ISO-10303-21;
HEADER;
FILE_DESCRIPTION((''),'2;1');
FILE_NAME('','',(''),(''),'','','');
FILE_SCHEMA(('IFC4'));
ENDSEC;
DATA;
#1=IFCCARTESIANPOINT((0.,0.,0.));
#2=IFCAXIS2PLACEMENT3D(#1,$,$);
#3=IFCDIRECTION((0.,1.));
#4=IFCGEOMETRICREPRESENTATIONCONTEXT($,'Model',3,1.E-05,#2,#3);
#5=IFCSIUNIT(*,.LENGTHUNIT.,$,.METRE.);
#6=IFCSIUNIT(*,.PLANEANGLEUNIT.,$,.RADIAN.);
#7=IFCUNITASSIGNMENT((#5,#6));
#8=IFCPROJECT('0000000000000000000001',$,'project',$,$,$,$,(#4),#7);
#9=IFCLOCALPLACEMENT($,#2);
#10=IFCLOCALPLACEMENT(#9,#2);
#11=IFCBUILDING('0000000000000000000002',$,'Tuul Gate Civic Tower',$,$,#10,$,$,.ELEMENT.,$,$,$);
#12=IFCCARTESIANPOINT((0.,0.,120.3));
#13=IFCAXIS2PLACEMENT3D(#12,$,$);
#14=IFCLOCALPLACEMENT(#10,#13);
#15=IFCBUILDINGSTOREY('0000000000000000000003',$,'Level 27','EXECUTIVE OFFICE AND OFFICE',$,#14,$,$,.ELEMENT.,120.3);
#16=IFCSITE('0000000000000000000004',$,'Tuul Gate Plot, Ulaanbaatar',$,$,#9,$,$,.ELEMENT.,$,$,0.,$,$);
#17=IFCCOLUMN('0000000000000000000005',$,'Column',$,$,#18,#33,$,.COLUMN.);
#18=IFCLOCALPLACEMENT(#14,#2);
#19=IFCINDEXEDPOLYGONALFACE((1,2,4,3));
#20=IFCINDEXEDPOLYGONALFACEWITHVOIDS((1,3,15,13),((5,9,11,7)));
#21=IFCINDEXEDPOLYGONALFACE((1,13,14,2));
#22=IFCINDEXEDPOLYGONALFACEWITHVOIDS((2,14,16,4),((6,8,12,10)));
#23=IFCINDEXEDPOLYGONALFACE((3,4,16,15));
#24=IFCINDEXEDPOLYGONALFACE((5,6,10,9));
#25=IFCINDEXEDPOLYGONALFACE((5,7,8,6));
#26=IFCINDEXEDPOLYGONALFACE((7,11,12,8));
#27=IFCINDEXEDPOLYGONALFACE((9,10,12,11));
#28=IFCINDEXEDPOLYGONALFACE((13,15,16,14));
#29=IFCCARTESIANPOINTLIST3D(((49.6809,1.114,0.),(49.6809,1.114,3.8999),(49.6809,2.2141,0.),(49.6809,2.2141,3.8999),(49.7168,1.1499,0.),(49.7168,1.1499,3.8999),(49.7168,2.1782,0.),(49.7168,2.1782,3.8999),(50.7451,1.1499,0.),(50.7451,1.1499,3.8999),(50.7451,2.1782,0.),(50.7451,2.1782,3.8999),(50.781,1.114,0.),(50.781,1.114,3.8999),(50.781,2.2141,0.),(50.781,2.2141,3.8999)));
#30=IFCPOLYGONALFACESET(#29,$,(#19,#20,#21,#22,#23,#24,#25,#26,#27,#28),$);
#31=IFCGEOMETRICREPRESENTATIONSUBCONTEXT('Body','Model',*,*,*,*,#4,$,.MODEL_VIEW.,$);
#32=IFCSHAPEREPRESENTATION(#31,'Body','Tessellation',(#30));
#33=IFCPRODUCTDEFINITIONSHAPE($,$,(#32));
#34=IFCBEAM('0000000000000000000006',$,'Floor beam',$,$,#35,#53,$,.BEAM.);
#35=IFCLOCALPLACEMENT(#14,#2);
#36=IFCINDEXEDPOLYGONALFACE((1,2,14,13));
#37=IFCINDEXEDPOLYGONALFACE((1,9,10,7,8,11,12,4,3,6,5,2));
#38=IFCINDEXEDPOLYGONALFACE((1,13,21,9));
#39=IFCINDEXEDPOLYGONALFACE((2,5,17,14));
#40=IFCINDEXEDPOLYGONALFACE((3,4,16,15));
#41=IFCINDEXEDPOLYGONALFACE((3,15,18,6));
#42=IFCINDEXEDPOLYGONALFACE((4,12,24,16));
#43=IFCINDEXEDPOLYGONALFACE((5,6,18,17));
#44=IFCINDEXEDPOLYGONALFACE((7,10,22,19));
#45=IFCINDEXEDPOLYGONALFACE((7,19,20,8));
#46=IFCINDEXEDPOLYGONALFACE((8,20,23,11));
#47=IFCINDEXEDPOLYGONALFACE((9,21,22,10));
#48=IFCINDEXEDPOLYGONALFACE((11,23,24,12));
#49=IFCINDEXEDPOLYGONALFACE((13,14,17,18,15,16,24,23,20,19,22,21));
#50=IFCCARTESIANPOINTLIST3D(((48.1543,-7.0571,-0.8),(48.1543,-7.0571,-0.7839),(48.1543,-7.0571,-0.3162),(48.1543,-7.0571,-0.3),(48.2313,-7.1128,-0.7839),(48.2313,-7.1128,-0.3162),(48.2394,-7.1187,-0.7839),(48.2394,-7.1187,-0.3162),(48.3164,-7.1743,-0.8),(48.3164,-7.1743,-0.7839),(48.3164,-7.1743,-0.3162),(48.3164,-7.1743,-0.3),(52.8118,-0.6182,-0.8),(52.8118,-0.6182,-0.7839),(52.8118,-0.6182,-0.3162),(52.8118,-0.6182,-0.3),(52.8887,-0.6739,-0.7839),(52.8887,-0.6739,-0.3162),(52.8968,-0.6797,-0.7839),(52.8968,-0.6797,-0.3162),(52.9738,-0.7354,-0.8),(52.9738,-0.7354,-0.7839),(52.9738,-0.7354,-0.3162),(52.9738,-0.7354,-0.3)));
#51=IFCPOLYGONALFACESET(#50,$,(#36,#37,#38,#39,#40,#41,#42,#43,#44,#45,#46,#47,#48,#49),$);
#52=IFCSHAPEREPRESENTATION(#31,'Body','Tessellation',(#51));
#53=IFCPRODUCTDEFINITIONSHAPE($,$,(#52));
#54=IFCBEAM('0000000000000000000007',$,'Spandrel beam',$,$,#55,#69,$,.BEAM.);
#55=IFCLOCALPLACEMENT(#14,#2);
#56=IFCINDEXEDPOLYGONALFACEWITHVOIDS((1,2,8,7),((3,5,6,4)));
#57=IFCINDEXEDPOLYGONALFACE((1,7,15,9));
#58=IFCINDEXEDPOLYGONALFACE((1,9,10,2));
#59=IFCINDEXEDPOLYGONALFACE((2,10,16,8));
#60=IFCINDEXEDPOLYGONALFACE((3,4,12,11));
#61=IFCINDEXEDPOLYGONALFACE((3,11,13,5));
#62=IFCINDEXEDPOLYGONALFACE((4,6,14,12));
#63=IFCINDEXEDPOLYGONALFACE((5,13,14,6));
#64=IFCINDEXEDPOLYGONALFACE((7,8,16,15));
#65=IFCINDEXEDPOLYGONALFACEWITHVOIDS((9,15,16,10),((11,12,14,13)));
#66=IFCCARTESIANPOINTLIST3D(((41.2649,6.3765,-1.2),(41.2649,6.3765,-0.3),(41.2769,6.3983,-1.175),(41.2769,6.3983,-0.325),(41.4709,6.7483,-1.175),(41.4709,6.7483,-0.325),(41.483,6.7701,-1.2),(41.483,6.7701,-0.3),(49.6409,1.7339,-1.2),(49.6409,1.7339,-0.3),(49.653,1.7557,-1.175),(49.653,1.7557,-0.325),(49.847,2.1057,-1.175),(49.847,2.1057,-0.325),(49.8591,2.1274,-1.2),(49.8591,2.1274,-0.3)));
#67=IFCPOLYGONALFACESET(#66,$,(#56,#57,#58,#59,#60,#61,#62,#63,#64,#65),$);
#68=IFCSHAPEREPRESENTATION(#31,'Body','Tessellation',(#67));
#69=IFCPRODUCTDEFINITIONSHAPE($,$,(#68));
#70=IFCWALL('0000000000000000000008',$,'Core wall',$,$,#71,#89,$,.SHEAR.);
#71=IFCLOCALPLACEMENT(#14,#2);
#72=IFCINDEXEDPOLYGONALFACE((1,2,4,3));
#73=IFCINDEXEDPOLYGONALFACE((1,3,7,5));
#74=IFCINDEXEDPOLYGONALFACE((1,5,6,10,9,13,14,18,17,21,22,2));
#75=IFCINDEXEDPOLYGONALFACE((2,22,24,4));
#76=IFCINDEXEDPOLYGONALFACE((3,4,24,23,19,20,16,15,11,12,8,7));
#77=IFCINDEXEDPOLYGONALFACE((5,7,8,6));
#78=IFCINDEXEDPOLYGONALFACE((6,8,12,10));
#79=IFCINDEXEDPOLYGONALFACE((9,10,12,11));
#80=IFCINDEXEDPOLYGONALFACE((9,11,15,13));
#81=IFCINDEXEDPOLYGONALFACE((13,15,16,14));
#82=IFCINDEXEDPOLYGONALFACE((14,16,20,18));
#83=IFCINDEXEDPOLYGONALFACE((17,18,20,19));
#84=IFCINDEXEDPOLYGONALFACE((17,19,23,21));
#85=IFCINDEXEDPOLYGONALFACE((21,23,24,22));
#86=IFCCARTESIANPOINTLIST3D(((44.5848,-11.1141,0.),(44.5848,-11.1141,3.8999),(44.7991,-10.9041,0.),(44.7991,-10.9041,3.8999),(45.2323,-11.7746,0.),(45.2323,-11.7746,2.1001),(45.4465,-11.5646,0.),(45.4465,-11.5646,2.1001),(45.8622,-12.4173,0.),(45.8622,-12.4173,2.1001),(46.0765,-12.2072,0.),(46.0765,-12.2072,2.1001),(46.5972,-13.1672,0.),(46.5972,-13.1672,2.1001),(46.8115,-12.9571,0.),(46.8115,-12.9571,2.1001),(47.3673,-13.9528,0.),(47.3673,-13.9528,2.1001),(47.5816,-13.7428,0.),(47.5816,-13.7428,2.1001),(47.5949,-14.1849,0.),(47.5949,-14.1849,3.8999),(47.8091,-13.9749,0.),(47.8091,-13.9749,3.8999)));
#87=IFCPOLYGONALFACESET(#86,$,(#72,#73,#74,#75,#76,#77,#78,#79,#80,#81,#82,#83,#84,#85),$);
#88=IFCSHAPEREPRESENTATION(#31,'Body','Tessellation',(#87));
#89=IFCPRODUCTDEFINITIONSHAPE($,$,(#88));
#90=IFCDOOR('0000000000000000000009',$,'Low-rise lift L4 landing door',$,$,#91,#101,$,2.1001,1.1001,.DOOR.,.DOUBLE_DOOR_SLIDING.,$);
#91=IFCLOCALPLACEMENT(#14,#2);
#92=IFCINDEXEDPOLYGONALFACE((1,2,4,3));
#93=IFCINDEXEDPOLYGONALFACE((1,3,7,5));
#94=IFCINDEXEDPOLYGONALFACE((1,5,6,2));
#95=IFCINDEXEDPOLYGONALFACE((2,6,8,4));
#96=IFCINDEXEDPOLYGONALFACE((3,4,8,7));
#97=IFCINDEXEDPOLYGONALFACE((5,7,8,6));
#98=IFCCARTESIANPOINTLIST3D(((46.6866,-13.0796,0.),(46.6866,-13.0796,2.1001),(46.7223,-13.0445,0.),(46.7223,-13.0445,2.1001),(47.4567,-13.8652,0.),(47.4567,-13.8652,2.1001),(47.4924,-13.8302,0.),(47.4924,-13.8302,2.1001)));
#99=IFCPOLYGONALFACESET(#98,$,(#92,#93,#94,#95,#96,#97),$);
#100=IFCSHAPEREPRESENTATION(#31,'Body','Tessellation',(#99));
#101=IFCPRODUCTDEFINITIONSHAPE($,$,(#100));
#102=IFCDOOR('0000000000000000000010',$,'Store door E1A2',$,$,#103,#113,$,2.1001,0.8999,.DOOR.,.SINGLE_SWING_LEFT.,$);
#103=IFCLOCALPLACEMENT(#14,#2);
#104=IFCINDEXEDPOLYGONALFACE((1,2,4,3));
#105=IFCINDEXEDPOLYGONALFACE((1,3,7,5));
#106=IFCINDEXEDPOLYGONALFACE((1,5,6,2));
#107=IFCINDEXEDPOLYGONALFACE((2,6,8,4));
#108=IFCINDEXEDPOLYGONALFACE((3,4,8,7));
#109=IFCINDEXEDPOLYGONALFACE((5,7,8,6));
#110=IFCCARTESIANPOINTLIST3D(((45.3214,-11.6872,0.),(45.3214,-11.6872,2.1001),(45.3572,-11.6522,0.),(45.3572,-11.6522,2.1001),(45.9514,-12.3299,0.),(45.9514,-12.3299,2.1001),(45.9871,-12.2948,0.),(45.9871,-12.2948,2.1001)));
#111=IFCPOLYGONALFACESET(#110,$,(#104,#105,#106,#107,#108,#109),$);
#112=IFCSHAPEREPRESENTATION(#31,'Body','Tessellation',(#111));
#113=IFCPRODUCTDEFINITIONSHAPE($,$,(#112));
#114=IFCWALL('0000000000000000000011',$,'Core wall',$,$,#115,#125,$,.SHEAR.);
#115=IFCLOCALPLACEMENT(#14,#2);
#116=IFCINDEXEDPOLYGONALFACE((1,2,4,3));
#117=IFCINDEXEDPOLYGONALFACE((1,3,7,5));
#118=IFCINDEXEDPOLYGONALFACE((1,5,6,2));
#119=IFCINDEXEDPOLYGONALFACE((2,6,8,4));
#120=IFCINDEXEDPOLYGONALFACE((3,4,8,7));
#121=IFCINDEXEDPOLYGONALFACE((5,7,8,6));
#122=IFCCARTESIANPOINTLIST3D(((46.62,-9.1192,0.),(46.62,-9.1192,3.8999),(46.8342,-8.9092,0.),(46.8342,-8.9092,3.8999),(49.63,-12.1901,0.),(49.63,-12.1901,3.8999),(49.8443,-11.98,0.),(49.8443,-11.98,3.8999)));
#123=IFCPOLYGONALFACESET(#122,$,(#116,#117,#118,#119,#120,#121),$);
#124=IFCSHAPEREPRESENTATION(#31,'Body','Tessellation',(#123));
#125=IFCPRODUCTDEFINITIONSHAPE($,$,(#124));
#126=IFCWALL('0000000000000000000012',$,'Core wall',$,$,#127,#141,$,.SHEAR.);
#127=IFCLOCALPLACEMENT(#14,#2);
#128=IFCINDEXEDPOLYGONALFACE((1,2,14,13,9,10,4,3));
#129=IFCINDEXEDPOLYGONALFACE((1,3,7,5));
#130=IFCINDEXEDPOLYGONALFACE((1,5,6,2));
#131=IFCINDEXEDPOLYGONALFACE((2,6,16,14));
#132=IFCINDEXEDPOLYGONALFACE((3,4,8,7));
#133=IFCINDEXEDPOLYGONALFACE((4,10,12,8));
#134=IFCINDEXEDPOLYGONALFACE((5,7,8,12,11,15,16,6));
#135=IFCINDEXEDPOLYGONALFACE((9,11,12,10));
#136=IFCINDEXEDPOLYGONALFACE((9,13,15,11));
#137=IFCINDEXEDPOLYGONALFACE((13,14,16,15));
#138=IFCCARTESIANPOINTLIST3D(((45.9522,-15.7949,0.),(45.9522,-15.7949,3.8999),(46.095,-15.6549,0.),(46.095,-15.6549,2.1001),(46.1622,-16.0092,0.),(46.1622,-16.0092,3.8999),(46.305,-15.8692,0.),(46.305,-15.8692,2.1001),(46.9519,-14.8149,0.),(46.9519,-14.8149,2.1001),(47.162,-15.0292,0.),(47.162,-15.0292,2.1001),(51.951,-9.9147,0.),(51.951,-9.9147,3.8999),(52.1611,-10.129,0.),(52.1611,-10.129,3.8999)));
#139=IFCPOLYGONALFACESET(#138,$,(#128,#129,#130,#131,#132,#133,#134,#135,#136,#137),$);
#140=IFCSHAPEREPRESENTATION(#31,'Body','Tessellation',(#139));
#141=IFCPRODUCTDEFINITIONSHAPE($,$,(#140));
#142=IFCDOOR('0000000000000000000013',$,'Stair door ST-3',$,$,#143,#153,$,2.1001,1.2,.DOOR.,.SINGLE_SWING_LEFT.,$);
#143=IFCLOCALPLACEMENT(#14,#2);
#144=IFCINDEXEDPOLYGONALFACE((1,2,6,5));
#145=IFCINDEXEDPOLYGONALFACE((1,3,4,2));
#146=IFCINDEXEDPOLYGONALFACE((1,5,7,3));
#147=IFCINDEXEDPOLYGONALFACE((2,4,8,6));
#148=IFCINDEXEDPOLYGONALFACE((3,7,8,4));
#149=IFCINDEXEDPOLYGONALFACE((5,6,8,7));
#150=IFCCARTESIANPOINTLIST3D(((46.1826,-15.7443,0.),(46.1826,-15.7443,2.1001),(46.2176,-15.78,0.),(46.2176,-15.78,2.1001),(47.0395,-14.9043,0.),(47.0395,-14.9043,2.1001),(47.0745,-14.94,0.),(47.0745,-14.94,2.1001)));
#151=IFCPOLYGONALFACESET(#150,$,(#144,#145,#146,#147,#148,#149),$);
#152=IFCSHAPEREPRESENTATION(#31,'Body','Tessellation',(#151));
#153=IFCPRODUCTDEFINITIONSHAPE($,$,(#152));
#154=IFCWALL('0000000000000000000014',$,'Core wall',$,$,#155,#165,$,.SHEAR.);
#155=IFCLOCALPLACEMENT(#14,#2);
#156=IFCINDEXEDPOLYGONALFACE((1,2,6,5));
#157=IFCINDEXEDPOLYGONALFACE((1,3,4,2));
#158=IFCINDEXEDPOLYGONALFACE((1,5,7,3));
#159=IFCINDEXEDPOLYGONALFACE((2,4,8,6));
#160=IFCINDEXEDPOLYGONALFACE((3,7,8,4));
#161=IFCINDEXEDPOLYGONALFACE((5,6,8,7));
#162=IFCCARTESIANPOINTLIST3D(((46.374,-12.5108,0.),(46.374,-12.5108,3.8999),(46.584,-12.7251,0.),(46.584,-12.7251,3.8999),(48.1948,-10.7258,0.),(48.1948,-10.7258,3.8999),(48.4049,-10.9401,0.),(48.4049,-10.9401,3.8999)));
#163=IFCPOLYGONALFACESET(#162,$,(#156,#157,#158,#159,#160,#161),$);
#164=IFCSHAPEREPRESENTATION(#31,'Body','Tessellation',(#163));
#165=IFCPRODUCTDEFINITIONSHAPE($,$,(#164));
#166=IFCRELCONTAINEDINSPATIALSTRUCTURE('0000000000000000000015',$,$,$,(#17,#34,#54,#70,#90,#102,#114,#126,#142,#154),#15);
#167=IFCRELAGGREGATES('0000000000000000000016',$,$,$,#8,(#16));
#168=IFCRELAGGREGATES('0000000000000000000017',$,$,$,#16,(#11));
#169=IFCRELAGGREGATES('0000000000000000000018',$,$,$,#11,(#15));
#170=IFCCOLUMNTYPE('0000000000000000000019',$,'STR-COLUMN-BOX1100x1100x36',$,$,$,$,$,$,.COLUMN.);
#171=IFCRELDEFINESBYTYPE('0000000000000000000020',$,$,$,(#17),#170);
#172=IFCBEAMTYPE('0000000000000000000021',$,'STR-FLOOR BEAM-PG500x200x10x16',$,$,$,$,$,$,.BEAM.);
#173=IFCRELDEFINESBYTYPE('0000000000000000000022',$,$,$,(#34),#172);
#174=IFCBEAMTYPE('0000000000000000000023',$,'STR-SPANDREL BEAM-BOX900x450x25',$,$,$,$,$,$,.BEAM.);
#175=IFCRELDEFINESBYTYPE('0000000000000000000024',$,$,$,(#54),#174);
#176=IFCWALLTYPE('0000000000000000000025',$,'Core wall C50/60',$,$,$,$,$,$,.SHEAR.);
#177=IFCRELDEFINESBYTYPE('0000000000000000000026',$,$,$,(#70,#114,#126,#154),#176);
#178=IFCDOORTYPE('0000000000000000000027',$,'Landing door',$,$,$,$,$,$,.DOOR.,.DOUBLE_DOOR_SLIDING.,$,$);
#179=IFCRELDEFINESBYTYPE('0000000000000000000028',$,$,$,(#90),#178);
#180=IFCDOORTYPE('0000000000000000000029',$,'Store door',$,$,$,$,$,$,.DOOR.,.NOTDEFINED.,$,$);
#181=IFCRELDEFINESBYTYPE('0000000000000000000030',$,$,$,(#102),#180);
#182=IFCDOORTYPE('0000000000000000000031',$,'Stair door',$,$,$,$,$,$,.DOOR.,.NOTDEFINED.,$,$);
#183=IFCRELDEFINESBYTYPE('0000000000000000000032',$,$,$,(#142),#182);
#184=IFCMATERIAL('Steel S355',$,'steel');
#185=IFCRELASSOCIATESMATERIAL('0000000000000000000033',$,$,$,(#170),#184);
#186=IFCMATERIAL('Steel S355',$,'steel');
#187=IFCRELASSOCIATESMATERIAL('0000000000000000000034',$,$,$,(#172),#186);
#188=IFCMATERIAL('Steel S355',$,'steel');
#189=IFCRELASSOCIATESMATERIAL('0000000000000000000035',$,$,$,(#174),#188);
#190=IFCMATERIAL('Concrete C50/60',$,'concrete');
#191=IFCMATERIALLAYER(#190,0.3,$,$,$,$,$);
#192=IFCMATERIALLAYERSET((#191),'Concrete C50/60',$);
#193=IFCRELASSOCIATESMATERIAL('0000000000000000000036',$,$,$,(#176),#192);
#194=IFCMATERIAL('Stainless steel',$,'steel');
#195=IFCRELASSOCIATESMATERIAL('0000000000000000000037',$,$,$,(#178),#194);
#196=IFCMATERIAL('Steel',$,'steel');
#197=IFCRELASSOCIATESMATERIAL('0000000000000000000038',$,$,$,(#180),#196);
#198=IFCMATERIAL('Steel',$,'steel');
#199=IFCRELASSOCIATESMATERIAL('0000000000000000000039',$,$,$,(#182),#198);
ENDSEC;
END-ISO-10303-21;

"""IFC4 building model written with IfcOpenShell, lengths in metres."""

from ifc_helpers import new_model, si_unit, direction, frame, frame_2d, origin, origin_2d, place, context, subcontext, project, spatial, rectangle, hollow_rectangle, i_section, extrude, material, layer, layer_set, material_profile, profile_set, type_object, element, fill, save


model = new_model("IFC4")

# Units and contexts
model_context = context("Model", 3, precision=1e-05, world=origin(), true_north=direction((0.0, 1.0)))
body_context = subcontext(model_context, "Body", "Model", "MODEL_VIEW")
ifc_project = project(units=[si_unit("LENGTHUNIT", "METRE"), si_unit("PLANEANGLEUNIT", "RADIAN")], contexts=[model_context])

# Site, building, storey
site_placement = place(None, origin())
site = spatial("IfcSite", under=ifc_project, at=site_placement, Name="Tuul Gate Plot, Ulaanbaatar", CompositionType="ELEMENT", RefElevation=0.0)
building_placement = place(site_placement, origin())
building = spatial("IfcBuilding", under=site, at=building_placement, Name="Tuul Gate Civic Tower", CompositionType="ELEMENT")
storey_placement = place(building_placement, frame((0.0, 0.0, 120.3)))
storey = spatial("IfcBuildingStorey", under=building, at=storey_placement, Name="Level 27", Description="EXECUTIVE OFFICE AND OFFICE", CompositionType="ELEMENT", Elevation=120.3)

# Column
ifc_material_1 = material(Name="Steel S355", Category="steel")
ifc_material_profile_1 = material_profile(ifc_material_1, hollow_rectangle(XDim=1.1001, YDim=1.1001, WallThickness=0.0359, at=origin_2d()), Name="BOX1100x1100x36")
ifc_profile_set_1 = profile_set([ifc_material_profile_1], Name="Steel S355")
column_type = type_object("IfcColumnType", Name="STR-COLUMN-BOX1100x1100x36", PredefinedType="COLUMN", material=ifc_profile_set_1)
column_placement = place(storey_placement, frame((50.231, 1.6641, 0.0), z_axis=(0.0, 0.0, 1.0), x_axis=(1.0, 0.0, 0.0)))
element("IfcColumn", 1, at=column_placement, inside=storey, type_object=column_type, Name="Column", PredefinedType="COLUMN", context=body_context, shape_type="SweptSolid", body=[
    extrude(hollow_rectangle(XDim=1.1001, YDim=1.1001, WallThickness=0.0359, at=origin_2d()), origin(), (0.0, 0.0, 1.0), 3.8999),
])

# Beams
ifc_material_2 = material(Name="Steel S355", Category="steel")
ifc_material_profile_2 = material_profile(ifc_material_2, i_section(OverallWidth=0.2, OverallDepth=0.5, WebThickness=0.01, FlangeThickness=0.0161, at=origin_2d()), Name="PG500x200x10x16")
ifc_profile_set_2 = profile_set([ifc_material_profile_2], Name="Steel S355")
beam_type_1 = type_object("IfcBeamType", Name="STR-FLOOR BEAM-PG500x200x10x16", PredefinedType="BEAM", material=ifc_profile_set_2)
beam_1_placement = place(storey_placement, frame((48.2354, -7.1157, -0.55), z_axis=(0.586078, 0.810255, 0.0), x_axis=(-0.810255, 0.586078, 0.0)))
element("IfcBeam", 2, at=beam_1_placement, inside=storey, type_object=beam_type_1, Name="Floor beam", PredefinedType="BEAM", context=body_context, shape_type="SweptSolid", body=[
    extrude(i_section(OverallWidth=0.2, OverallDepth=0.5, WebThickness=0.01, FlangeThickness=0.0161, at=origin_2d()), origin(), (0.0, 0.0, 1.0), 7.9468),
])
ifc_material_3 = material(Name="Steel S355", Category="steel")
ifc_material_profile_3 = material_profile(ifc_material_3, hollow_rectangle(XDim=0.45, YDim=0.8999, WallThickness=0.0249, at=origin_2d()), Name="BOX900x450x25")
ifc_profile_set_3 = profile_set([ifc_material_profile_3], Name="Steel S355")
beam_type_2 = type_object("IfcBeamType", Name="STR-SPANDREL BEAM-BOX900x450x25", PredefinedType="BEAM", material=ifc_profile_set_3)
beam_2_placement = place(storey_placement, frame((49.75, 1.9307, -0.75), z_axis=(-0.874633, 0.484786, 0.0), x_axis=(-0.484786, -0.874633, 0.0)))
element("IfcBeam", 3, at=beam_2_placement, inside=storey, type_object=beam_type_2, Name="Spandrel beam", PredefinedType="BEAM", context=body_context, shape_type="SweptSolid", body=[
    extrude(hollow_rectangle(XDim=0.45, YDim=0.8999, WallThickness=0.0249, at=origin_2d()), origin(), (0.0, 0.0, 1.0), 9.5767),
])

# Wall, openings, doors
ifc_material_4 = material(Name="Concrete C50/60", Category="concrete")
ifc_layer_1 = layer(ifc_material_4, 0.3)
ifc_layer_set_1 = layer_set([ifc_layer_1], Name="Concrete C50/60")
wall_type_1 = type_object("IfcWallType", Name="Core wall C50/60", PredefinedType="SHEAR", material=ifc_layer_set_1)
wall_1_placement = place(storey_placement, frame((47.7019, -14.0798, 0.0), z_axis=(0.0, 0.0, 1.0), x_axis=(-0.700003, 0.71414, 0.0)))
wall_1 = element("IfcWall", 4, at=wall_1_placement, inside=storey, type_object=wall_type_1, Name="Core wall", PredefinedType="SHEAR", context=body_context, shape_type="SweptSolid", body=[
    extrude(rectangle(XDim=4.3, YDim=0.3, at=frame_2d((2.1499, 0.0))), origin(), (0.0, 0.0, 1.0), 3.8999),
])
opening_1_placement = place(wall_1_placement, frame((0.325, 0.0, 0.0)))
opening_1 = element("IfcOpeningElement", 5, at=opening_1_placement, cuts=wall_1, PredefinedType="OPENING", context=body_context, shape_type="SweptSolid", body=[
    extrude(rectangle(XDim=1.1001, YDim=2.1001, at=frame_2d((0.55, 1.05))), frame((0.0, 0.1602, 0.0), z_axis=(0.0, -1.0, 0.0), x_axis=(1.0, 0.0, 0.0)), (0.0, 0.0, 1.0), 0.3201),
])
opening_2_placement = place(wall_1_placement, frame((2.4751, 0.0, 0.0)))
opening_2 = element("IfcOpeningElement", 6, at=opening_2_placement, cuts=wall_1, PredefinedType="OPENING", context=body_context, shape_type="SweptSolid", body=[
    extrude(rectangle(XDim=0.8999, YDim=2.1001, at=frame_2d((0.45, 1.05))), frame((0.0, 0.1602, 0.0), z_axis=(0.0, -1.0, 0.0), x_axis=(1.0, 0.0, 0.0)), (0.0, 0.0, 1.0), 0.3201),
])
ifc_material_5 = material(Name="Stainless steel", Category="steel")
door_type_1 = type_object("IfcDoorType", Name="Landing door", OperationType="DOUBLE_DOOR_SLIDING", PredefinedType="DOOR", material=ifc_material_5)
door_1_placement = place(opening_1_placement, origin())
door_1 = element("IfcDoor", 7, at=door_1_placement, inside=storey, type_object=door_type_1, Name="Low-rise lift L4 landing door", OperationType="DOUBLE_DOOR_SLIDING", OverallHeight=2.1001, OverallWidth=1.1001, PredefinedType="DOOR", context=body_context, shape_type="SweptSolid", body=[
    extrude(rectangle(XDim=1.1001, YDim=2.1001, at=frame_2d((0.55, 1.05))), frame((0.0, 0.0249, 0.0), z_axis=(0.0, -1.0, 0.0), x_axis=(1.0, 0.0, 0.0)), (0.0, 0.0, 1.0), 0.05),
])
fill(opening_1, door_1)
ifc_material_6 = material(Name="Steel", Category="steel")
door_type_2 = type_object("IfcDoorType", Name="Store door", OperationType="NOTDEFINED", PredefinedType="DOOR", material=ifc_material_6)
door_2_placement = place(opening_2_placement, frame((0.8999, 0.0, 0.0), z_axis=(0.0, 0.0, 1.0), x_axis=(-1.0, 0.0, 0.0)))
door_2 = element("IfcDoor", 8, at=door_2_placement, inside=storey, type_object=door_type_2, Name="Store door E1A2", OperationType="SINGLE_SWING_LEFT", OverallHeight=2.1001, OverallWidth=0.8999, PredefinedType="DOOR", context=body_context, shape_type="SweptSolid", body=[
    extrude(rectangle(XDim=0.8999, YDim=2.1001, at=frame_2d((0.45, 1.05))), frame((0.0, 0.0249, 0.0), z_axis=(0.0, -1.0, 0.0), x_axis=(1.0, 0.0, 0.0)), (0.0, 0.0, 1.0), 0.05),
])
fill(opening_2, door_2)

# Wall
wall_2_placement = place(storey_placement, frame((49.7371, -12.085, 0.0), z_axis=(0.0, 0.0, 1.0), x_axis=(-0.700003, 0.71414, 0.0)))
element("IfcWall", 9, at=wall_2_placement, inside=storey, type_object=wall_type_1, Name="Core wall", PredefinedType="SHEAR", context=body_context, shape_type="SweptSolid", body=[
    extrude(rectangle(XDim=4.3, YDim=0.3, at=frame_2d((2.1499, 0.0))), origin(), (0.0, 0.0, 1.0), 3.8999),
])

# Wall, opening, door
wall_3_placement = place(storey_placement, frame((46.0571, -15.9021, 0.0), z_axis=(0.0, 0.0, 1.0), x_axis=(0.714134, 0.700009, 0.0)))
wall_3 = element("IfcWall", 10, at=wall_3_placement, inside=storey, type_object=wall_type_1, Name="Core wall", PredefinedType="SHEAR", context=body_context, shape_type="SweptSolid", body=[
    extrude(rectangle(XDim=8.4001, YDim=0.3, at=frame_2d((4.2002, 0.0))), origin(), (0.0, 0.0, 1.0), 3.8999),
])
opening_3_placement = place(wall_3_placement, frame((0.2, 0.0, 0.0)))
opening_3 = element("IfcOpeningElement", 11, at=opening_3_placement, cuts=wall_3, PredefinedType="OPENING", context=body_context, shape_type="SweptSolid", body=[
    extrude(rectangle(XDim=1.2, YDim=2.1001, at=frame_2d((0.6001, 1.05))), frame((0.0, 0.1602, 0.0), z_axis=(0.0, -1.0, 0.0), x_axis=(1.0, 0.0, 0.0)), (0.0, 0.0, 1.0), 0.3201),
])
ifc_material_7 = material(Name="Steel", Category="steel")
door_type_3 = type_object("IfcDoorType", Name="Stair door", OperationType="NOTDEFINED", PredefinedType="DOOR", material=ifc_material_7)
door_3_placement = place(opening_3_placement, origin())
door_3 = element("IfcDoor", 12, at=door_3_placement, inside=storey, type_object=door_type_3, Name="Stair door ST-3", OperationType="SINGLE_SWING_LEFT", OverallHeight=2.1001, OverallWidth=1.2, PredefinedType="DOOR", context=body_context, shape_type="SweptSolid", body=[
    extrude(rectangle(XDim=1.2, YDim=2.1001, at=frame_2d((0.6001, 1.05))), frame((0.0, 0.0249, 0.0), z_axis=(0.0, -1.0, 0.0), x_axis=(1.0, 0.0, 0.0)), (0.0, 0.0, 1.0), 0.05),
])
fill(opening_3, door_3)

# Wall
wall_4_placement = place(storey_placement, frame((46.479, -12.6179, 0.0), z_axis=(0.0, 0.0, 1.0), x_axis=(0.714109, 0.700034, 0.0)))
element("IfcWall", 13, at=wall_4_placement, inside=storey, type_object=wall_type_1, Name="Core wall", PredefinedType="SHEAR", context=body_context, shape_type="SweptSolid", body=[
    extrude(rectangle(XDim=2.5498, YDim=0.3, at=frame_2d((1.2749, 0.0))), origin(), (0.0, 0.0, 1.0), 3.8999),
])

save(model, "model.ifc")
